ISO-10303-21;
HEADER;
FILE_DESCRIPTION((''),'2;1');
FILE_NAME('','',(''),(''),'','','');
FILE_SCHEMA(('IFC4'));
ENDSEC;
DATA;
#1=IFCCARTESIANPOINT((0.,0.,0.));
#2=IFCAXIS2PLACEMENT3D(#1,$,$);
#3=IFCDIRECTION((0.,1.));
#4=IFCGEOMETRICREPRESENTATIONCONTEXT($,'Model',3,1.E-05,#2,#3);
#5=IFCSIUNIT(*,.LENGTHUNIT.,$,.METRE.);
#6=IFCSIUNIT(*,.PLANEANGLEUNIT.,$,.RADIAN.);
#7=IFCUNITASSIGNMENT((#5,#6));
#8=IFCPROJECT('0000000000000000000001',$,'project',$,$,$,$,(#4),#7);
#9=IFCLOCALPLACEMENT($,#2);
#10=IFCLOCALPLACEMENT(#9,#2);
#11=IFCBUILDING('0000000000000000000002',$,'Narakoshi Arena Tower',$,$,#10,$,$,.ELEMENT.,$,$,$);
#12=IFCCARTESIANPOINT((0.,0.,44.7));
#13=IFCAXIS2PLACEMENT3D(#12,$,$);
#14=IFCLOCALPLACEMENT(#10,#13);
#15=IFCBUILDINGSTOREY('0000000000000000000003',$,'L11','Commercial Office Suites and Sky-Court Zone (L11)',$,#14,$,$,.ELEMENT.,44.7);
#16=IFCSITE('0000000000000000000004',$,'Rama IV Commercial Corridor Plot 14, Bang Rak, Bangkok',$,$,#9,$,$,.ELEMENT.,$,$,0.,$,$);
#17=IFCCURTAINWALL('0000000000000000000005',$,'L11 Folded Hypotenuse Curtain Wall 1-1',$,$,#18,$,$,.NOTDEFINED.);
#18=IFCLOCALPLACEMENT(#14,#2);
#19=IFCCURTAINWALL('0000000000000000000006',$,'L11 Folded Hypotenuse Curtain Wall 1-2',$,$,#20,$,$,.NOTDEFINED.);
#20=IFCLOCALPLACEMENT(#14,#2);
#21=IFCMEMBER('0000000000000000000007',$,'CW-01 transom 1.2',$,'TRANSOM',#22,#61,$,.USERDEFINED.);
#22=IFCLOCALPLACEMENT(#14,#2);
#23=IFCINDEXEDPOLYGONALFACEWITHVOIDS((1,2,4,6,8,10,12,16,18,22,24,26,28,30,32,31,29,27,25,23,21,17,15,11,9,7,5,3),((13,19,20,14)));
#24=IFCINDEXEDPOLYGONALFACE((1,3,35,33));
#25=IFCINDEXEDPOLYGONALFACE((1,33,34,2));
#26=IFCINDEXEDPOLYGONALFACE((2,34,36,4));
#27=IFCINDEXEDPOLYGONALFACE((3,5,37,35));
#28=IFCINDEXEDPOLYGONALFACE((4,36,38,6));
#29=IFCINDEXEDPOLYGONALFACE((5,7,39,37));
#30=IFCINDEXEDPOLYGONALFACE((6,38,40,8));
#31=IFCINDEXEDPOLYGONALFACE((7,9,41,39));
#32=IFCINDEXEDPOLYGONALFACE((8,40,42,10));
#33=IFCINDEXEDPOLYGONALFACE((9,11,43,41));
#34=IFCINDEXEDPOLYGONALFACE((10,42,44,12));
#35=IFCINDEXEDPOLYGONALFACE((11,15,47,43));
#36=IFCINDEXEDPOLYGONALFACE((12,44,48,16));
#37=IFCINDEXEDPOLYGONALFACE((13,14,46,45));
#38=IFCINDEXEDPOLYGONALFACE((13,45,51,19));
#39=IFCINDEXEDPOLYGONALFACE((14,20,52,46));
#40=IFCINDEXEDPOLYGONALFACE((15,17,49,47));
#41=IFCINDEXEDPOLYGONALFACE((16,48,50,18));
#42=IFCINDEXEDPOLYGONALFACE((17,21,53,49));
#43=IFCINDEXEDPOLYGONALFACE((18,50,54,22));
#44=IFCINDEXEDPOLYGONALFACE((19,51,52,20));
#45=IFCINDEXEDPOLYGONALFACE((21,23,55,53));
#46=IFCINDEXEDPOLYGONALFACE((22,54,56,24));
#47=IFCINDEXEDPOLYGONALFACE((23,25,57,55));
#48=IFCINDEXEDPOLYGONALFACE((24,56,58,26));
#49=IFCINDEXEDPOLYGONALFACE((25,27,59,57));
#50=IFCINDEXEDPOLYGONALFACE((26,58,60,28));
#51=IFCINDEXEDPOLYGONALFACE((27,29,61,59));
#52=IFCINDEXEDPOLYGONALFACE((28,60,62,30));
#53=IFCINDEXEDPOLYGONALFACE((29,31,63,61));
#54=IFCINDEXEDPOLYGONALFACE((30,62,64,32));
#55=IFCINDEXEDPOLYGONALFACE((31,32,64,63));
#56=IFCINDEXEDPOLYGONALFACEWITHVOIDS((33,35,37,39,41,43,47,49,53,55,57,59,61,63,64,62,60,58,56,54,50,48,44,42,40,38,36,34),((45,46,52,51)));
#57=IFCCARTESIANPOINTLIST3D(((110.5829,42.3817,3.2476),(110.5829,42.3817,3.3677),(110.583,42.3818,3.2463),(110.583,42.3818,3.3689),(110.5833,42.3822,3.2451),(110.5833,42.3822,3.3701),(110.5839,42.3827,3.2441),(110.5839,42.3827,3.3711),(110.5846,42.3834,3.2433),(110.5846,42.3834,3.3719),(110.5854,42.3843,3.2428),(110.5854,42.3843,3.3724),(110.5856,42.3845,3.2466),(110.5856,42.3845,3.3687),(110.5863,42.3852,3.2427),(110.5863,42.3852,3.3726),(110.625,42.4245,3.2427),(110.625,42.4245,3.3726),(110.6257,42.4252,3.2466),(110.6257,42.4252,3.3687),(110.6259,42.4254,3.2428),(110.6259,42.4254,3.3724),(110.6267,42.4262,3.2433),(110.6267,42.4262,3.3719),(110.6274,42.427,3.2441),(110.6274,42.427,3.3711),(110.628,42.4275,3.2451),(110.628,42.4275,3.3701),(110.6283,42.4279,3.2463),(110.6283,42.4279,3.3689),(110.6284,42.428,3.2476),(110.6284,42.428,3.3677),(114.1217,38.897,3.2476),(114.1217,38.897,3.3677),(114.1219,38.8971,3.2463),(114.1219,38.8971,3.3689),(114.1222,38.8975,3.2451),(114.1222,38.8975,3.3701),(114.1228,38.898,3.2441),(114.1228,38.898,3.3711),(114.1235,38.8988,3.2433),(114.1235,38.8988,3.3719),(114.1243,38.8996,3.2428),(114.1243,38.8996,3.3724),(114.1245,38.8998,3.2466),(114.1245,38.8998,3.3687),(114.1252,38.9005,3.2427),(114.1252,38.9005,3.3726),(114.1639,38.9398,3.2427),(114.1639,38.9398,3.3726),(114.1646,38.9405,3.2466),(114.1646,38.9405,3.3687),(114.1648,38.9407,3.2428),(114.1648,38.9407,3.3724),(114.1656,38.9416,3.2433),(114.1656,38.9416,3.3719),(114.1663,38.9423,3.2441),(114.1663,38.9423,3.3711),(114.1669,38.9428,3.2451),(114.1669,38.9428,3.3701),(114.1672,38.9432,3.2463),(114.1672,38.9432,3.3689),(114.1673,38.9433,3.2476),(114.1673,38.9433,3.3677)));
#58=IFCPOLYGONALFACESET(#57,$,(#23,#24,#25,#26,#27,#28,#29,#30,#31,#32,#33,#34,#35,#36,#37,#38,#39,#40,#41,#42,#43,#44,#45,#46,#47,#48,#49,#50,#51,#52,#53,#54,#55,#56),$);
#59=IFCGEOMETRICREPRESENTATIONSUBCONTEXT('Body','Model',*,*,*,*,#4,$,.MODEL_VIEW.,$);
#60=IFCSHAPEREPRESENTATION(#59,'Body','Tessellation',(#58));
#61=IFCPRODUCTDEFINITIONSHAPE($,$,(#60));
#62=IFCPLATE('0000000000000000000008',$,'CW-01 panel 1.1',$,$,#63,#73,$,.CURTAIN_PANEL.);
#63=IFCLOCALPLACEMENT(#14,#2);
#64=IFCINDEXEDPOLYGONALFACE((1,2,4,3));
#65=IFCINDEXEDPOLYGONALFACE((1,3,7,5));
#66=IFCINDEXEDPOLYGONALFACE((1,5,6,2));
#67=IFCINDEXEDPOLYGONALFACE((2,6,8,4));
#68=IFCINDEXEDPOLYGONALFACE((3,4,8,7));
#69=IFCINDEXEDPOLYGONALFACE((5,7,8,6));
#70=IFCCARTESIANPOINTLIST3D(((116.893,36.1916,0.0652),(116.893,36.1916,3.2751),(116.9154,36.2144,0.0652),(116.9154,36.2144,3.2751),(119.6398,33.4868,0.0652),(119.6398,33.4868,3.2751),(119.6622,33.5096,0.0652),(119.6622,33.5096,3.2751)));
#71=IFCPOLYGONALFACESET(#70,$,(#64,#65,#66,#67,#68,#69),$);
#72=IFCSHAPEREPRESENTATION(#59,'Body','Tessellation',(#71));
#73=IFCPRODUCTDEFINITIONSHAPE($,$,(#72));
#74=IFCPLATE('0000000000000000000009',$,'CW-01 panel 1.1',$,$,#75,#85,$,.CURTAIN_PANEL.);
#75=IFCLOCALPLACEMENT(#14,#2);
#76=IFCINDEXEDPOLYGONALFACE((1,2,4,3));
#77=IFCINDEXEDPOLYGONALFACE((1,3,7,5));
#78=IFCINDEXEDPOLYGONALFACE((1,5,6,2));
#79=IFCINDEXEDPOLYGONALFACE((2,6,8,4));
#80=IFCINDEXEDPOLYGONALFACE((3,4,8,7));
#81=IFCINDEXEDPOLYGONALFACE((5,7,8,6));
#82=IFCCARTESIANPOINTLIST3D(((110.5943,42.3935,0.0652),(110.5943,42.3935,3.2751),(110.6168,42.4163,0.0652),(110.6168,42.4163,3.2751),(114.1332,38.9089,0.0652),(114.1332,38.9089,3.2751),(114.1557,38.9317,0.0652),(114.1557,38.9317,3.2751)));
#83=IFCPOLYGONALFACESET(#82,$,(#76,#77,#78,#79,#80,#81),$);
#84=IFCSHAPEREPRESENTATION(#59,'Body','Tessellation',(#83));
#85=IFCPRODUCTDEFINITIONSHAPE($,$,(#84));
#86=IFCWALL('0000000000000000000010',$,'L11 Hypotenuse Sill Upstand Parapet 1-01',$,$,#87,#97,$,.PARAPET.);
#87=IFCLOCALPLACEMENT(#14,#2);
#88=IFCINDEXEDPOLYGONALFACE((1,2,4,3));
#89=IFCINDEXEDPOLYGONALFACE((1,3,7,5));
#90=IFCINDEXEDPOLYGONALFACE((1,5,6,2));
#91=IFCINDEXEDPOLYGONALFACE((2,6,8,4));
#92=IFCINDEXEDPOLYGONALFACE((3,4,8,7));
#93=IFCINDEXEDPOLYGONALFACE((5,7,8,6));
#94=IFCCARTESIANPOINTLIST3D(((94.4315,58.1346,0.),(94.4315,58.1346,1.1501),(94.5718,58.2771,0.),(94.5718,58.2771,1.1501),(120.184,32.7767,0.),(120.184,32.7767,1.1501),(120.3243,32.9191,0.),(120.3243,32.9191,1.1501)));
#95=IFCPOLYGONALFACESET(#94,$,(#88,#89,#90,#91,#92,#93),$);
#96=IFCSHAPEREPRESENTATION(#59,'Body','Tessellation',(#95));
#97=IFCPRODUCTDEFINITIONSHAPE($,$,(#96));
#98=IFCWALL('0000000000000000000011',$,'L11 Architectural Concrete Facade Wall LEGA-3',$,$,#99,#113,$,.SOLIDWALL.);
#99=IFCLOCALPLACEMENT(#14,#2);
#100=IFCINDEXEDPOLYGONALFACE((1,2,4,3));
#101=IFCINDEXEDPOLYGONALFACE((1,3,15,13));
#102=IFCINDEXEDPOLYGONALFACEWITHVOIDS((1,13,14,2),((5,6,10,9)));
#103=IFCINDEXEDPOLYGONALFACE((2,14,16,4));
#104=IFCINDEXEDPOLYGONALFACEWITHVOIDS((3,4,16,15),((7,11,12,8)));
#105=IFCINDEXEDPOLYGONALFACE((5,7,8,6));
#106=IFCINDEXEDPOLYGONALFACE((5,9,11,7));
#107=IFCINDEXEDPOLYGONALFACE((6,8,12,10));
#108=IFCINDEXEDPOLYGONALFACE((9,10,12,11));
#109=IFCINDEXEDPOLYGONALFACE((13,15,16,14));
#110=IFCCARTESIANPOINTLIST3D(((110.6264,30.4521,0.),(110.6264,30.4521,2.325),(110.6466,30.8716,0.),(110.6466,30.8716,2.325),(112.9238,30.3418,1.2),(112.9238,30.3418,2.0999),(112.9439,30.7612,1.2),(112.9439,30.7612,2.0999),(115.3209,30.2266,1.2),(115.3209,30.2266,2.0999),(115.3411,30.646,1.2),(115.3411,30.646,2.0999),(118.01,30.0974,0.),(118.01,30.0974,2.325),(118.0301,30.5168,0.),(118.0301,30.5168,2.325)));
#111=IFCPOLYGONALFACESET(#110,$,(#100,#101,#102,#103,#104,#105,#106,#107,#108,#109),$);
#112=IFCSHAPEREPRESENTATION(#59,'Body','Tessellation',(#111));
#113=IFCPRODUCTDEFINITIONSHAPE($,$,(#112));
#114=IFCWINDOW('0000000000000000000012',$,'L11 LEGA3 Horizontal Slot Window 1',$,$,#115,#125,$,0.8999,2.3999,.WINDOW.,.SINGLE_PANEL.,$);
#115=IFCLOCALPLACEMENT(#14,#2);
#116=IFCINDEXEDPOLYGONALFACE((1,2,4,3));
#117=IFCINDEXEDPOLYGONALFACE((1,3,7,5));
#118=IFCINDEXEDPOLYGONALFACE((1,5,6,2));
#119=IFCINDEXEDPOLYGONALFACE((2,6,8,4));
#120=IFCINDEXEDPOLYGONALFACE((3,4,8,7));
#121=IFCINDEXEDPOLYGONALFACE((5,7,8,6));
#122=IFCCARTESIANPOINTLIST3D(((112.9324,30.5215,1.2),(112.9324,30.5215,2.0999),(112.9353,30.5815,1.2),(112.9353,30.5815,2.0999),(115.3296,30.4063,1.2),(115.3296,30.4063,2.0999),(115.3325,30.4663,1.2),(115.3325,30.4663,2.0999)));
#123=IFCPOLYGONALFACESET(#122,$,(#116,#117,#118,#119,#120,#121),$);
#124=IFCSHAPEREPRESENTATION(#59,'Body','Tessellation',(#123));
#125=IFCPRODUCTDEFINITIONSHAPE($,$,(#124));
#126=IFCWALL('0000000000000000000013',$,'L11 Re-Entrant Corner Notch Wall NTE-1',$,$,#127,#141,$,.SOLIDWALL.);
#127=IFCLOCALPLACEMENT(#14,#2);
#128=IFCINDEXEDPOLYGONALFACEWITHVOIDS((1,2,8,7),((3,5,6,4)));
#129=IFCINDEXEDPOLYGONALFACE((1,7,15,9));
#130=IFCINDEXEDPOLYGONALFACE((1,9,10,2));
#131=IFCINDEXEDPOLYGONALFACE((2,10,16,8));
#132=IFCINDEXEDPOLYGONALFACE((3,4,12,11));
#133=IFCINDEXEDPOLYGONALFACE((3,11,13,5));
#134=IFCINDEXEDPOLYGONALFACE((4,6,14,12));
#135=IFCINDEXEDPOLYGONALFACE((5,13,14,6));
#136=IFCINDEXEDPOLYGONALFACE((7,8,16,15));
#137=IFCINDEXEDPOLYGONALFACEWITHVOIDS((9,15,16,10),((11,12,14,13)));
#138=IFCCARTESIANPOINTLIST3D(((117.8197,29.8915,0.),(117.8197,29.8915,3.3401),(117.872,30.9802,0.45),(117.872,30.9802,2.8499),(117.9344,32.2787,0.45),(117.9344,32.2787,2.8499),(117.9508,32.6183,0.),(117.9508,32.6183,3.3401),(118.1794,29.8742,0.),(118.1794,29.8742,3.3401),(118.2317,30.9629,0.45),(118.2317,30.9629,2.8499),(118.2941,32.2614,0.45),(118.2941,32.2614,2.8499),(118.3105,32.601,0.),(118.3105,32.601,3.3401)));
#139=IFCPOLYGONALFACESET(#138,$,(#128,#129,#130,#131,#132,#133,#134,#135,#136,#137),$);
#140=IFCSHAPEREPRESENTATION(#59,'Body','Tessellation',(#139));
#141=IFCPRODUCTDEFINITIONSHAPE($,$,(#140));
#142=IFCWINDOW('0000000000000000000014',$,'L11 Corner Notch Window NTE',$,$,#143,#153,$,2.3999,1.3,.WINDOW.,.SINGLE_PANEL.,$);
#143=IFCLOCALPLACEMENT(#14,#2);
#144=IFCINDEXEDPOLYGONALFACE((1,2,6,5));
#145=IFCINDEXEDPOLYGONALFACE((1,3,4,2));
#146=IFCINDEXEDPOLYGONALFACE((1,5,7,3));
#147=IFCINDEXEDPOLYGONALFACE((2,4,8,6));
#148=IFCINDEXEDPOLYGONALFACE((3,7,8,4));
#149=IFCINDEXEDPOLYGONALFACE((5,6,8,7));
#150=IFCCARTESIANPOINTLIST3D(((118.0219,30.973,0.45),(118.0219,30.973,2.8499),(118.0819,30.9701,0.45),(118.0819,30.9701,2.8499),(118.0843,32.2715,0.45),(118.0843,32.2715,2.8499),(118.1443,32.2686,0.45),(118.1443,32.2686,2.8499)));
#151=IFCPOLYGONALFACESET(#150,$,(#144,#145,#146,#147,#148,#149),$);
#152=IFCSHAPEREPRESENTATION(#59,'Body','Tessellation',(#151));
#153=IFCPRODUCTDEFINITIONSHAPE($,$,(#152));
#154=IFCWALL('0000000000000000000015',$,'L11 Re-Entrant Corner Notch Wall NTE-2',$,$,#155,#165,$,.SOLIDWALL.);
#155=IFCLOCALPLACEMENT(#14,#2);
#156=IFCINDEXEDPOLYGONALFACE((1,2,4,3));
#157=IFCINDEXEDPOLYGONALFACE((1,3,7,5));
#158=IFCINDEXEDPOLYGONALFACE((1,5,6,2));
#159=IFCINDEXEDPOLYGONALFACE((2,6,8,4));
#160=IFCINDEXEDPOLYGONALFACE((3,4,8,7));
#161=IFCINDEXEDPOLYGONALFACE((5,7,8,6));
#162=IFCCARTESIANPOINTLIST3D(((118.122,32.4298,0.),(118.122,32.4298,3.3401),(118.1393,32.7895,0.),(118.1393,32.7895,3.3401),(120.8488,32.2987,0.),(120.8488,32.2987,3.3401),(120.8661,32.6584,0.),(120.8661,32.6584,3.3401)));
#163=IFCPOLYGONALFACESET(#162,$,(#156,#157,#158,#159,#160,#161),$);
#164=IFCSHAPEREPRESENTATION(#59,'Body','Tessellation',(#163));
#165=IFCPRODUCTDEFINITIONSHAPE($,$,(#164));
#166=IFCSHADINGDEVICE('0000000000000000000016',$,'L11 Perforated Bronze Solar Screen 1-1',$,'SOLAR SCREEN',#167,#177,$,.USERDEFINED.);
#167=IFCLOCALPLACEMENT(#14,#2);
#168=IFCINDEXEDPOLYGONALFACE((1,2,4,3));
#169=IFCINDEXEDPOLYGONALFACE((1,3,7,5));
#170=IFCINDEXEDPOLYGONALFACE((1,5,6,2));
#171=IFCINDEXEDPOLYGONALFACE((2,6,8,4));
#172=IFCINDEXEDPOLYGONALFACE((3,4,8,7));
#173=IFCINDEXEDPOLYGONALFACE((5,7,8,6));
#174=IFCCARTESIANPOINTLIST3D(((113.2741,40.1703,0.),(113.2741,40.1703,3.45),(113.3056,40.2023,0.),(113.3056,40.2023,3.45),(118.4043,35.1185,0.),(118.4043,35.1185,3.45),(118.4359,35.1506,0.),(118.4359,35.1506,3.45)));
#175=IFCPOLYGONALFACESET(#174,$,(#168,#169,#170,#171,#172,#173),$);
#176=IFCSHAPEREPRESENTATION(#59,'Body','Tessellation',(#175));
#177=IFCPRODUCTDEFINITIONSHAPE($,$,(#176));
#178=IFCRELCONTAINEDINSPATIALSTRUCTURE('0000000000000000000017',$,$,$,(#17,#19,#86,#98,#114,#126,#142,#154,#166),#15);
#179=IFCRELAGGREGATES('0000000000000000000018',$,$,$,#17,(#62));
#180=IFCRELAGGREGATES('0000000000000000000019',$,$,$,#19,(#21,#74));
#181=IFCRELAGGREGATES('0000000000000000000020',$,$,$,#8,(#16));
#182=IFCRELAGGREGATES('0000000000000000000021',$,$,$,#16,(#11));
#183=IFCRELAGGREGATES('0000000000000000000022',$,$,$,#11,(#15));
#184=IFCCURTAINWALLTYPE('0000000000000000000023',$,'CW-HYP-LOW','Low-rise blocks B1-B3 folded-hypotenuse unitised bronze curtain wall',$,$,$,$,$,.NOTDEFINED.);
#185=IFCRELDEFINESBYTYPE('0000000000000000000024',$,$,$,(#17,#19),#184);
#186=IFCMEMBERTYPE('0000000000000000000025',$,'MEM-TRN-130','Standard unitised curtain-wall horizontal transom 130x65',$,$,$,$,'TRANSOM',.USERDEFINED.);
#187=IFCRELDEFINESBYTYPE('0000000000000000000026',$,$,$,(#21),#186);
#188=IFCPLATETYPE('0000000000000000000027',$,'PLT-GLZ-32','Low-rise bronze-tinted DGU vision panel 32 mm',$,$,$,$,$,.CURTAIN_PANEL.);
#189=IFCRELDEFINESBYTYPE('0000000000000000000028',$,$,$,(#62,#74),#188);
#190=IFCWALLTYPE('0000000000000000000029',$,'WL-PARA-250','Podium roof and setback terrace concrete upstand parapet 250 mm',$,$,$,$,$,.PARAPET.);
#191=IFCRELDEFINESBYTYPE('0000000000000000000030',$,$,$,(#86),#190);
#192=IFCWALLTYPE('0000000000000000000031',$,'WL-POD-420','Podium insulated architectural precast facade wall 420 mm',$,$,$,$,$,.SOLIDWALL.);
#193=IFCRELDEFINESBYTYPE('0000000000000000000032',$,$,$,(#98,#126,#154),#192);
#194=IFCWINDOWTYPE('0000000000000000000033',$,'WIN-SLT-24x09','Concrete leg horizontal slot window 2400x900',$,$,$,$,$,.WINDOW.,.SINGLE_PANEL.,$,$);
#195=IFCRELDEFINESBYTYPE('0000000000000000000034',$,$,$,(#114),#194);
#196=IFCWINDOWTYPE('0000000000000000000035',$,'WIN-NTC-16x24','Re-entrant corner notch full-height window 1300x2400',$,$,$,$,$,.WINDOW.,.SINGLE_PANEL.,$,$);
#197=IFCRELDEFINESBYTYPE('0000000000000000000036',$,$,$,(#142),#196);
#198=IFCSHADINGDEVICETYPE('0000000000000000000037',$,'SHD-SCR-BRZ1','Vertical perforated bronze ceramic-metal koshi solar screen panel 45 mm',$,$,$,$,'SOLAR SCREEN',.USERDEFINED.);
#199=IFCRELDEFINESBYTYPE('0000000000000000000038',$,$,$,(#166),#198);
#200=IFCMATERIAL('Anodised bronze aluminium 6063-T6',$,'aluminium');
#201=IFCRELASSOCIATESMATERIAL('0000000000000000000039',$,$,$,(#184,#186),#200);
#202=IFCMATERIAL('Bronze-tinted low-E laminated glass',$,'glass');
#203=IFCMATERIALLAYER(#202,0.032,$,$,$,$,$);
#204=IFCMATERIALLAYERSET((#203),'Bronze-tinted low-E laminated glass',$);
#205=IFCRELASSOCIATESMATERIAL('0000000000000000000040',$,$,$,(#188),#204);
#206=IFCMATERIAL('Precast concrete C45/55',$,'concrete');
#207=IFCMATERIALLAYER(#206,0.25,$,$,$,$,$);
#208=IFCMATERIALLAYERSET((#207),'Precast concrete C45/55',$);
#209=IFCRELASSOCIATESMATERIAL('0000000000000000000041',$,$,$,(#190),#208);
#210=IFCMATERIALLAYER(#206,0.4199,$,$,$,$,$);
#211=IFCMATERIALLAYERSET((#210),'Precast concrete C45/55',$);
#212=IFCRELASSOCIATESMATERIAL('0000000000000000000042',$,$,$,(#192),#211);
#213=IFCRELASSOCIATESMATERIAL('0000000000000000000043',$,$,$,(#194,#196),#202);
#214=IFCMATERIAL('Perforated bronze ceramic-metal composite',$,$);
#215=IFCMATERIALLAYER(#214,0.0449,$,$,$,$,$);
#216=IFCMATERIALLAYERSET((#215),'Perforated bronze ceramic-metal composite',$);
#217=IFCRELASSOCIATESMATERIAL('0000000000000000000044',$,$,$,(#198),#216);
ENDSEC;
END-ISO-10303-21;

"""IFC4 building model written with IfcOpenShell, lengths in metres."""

from ifc_helpers import new_model, si_unit, direction, frame, frame_2d, origin, origin_2d, place, context, subcontext, project, spatial, rectangle, hollow_rectangle, extrude, material, layer, layer_set, material_profile, profile_set, type_object, element, fill, aggregate, save


model = new_model("IFC4")

# Units and contexts
model_context = context("Model", 3, precision=1e-05, world=origin(), true_north=direction((0.0, 1.0)))
body_context = subcontext(model_context, "Body", "Model", "MODEL_VIEW")
ifc_project = project(units=[si_unit("LENGTHUNIT", "METRE"), si_unit("PLANEANGLEUNIT", "RADIAN")], contexts=[model_context])

# Site, building, storey
site_placement = place(None, origin())
site = spatial("IfcSite", under=ifc_project, at=site_placement, Name="Rama IV Commercial Corridor Plot 14, Bang Rak, Bangkok", CompositionType="ELEMENT", RefElevation=0.0)
building_placement = place(site_placement, origin())
building = spatial("IfcBuilding", under=site, at=building_placement, Name="Narakoshi Arena Tower", CompositionType="ELEMENT")
storey_placement = place(building_placement, frame((0.0, 0.0, 44.7)))
storey = spatial("IfcBuildingStorey", under=building, at=storey_placement, Name="L11", Description="Commercial Office Suites and Sky-Court Zone (L11)", CompositionType="ELEMENT", Elevation=44.7)

# Curtain walls
ifc_material_1 = material(Name="Anodised bronze aluminium 6063-T6", Category="aluminium")
curtain_wall_type = type_object("IfcCurtainWallType", Name="CW-HYP-LOW", Description="Low-rise blocks B1-B3 folded-hypotenuse unitised bronze curtain wall", PredefinedType="NOTDEFINED", material=ifc_material_1)
curtain_wall_1_placement = place(storey_placement, origin())
curtain_wall_1 = element("IfcCurtainWall", 1, at=curtain_wall_1_placement, inside=storey, type_object=curtain_wall_type, Name="L11 Folded Hypotenuse Curtain Wall 1-1", PredefinedType="NOTDEFINED")
curtain_wall_2_placement = place(storey_placement, origin())
curtain_wall_2 = element("IfcCurtainWall", 2, at=curtain_wall_2_placement, inside=storey, type_object=curtain_wall_type, Name="L11 Folded Hypotenuse Curtain Wall 1-2", PredefinedType="NOTDEFINED")

# Member
ifc_material_profile_1 = material_profile(ifc_material_1, hollow_rectangle(XDim=0.0649, YDim=0.1299, WallThickness=0.0039, OuterFilletRadius=0.0049, at=origin_2d()), Name="TRN130x65x4")
ifc_profile_set_1 = profile_set([ifc_material_profile_1], Name="Anodised bronze aluminium 6063-T6")
member_type_1 = type_object("IfcMemberType", Name="MEM-TRN-130", Description="Standard unitised curtain-wall horizontal transom 130x65", ElementType="TRANSOM", PredefinedType="USERDEFINED", material=ifc_profile_set_1)
member_1_placement = place(storey_placement, frame((114.1445, 38.9202, 3.3076), z_axis=(-0.712542, 0.701629, 0.0), x_axis=(-0.701629, -0.712542, 0.0)))
member_1 = element("IfcMember", 3, at=member_1_placement, type_object=member_type_1, Name="CW-01 transom 1.2", ObjectType="TRANSOM", PredefinedType="USERDEFINED", context=body_context, shape_type="SweptSolid", body=[
    extrude(hollow_rectangle(XDim=0.0649, YDim=0.1299, WallThickness=0.0039, OuterFilletRadius=0.0049, at=origin_2d()), origin(), (0.0, 0.0, 1.0), 4.9666),
])

# Plates
ifc_material_2 = material(Name="Bronze-tinted low-E laminated glass", Category="glass")
ifc_layer_1 = layer(ifc_material_2, 0.032)
ifc_layer_set_1 = layer_set([ifc_layer_1], Name="Bronze-tinted low-E laminated glass")
plate_type = type_object("IfcPlateType", Name="PLT-GLZ-32", Description="Low-rise bronze-tinted DGU vision panel 32 mm", PredefinedType="CURTAIN_PANEL", material=ifc_layer_set_1)
plate_1_placement = place(storey_placement, frame((118.2776, 34.8506, 0.0652), z_axis=(0.0, 0.0, 1.0), x_axis=(-0.712541, 0.70163, 0.0)))
plate_1 = element("IfcPlate", 4, at=plate_1_placement, type_object=plate_type, Name="CW-01 panel 1.1", PredefinedType="CURTAIN_PANEL", context=body_context, shape_type="SweptSolid", body=[
    extrude(rectangle(XDim=3.855, YDim=0.032, at=origin_2d()), origin(), (0.0, 0.0, 1.0), 3.21),
])
aggregate(curtain_wall_1, [plate_1])
plate_2_placement = place(storey_placement, frame((112.375, 40.6626, 0.0652), z_axis=(0.0, 0.0, 1.0), x_axis=(-0.712548, 0.701623, 0.0)))
plate_2 = element("IfcPlate", 5, at=plate_2_placement, type_object=plate_type, Name="CW-01 panel 1.1", PredefinedType="CURTAIN_PANEL", context=body_context, shape_type="SweptSolid", body=[
    extrude(rectangle(XDim=4.9666, YDim=0.032, at=origin_2d()), origin(), (0.0, 0.0, 1.0), 3.21),
])
aggregate(curtain_wall_2, [member_1, plate_2])

# Wall
ifc_material_3 = material(Name="Precast concrete C45/55", Category="concrete")
ifc_layer_2 = layer(ifc_material_3, 0.25)
ifc_layer_set_2 = layer_set([ifc_layer_2], Name="Precast concrete C45/55")
wall_type_1 = type_object("IfcWallType", Name="WL-PARA-250", Description="Podium roof and setback terrace concrete upstand parapet 250 mm", PredefinedType="PARAPET", material=ifc_layer_set_2)
wall_1_placement = place(storey_placement, frame((120.2542, 32.8479, 0.0), z_axis=(0.0, 0.0, 1.0), x_axis=(-0.712544, 0.701628, 0.0)))
element("IfcWall", 6, at=wall_1_placement, inside=storey, type_object=wall_type_1, Name="L11 Hypotenuse Sill Upstand Parapet 1-01", PredefinedType="PARAPET", context=body_context, shape_type="SweptSolid", body=[
    extrude(rectangle(XDim=36.1416, YDim=0.2, at=frame_2d((18.0708, 0.0))), origin(), (0.0, 0.0, 1.0), 1.1501),
])

# Walls, openings, windows
ifc_layer_3 = layer(ifc_material_3, 0.4199)
ifc_layer_set_3 = layer_set([ifc_layer_3], Name="Precast concrete C45/55")
wall_type_2 = type_object("IfcWallType", Name="WL-POD-420", Description="Podium insulated architectural precast facade wall 420 mm", PredefinedType="SOLIDWALL", material=ifc_layer_set_3)
wall_2_placement = place(storey_placement, frame((110.6365, 30.6619, 0.0), z_axis=(0.0, 0.0, 1.0), x_axis=(0.998848, -0.047989, 0.0)))
wall_2 = element("IfcWall", 7, at=wall_2_placement, inside=storey, type_object=wall_type_2, Name="L11 Architectural Concrete Facade Wall LEGA-3", PredefinedType="SOLIDWALL", context=body_context, shape_type="SweptSolid", body=[
    extrude(rectangle(XDim=7.3921, YDim=0.4199, at=frame_2d((3.696, 0.0))), origin(), (0.0, 0.0, 1.0), 2.325),
])
opening_1_placement = place(wall_2_placement, frame((2.3, 0.0, 1.2)))
opening_1 = element("IfcOpeningElement", 8, at=opening_1_placement, cuts=wall_2, PredefinedType="OPENING", context=body_context, shape_type="SweptSolid", body=[
    extrude(rectangle(XDim=2.3999, YDim=0.8999, at=frame_2d((1.2, 0.45))), frame((0.0, 0.22, 0.0), z_axis=(0.0, -1.0, 0.0), x_axis=(1.0, 0.0, 0.0)), (0.0, 0.0, 1.0), 0.4399),
])
window_type_1 = type_object("IfcWindowType", Name="WIN-SLT-24x09", Description="Concrete leg horizontal slot window 2400x900", PartitioningType="SINGLE_PANEL", PredefinedType="WINDOW", material=ifc_material_2)
window_1_placement = place(opening_1_placement, origin())
window_1 = element("IfcWindow", 9, at=window_1_placement, inside=storey, type_object=window_type_1, Name="L11 LEGA3 Horizontal Slot Window 1", OverallHeight=0.8999, OverallWidth=2.3999, PartitioningType="SINGLE_PANEL", PredefinedType="WINDOW", context=body_context, shape_type="SweptSolid", body=[
    extrude(rectangle(XDim=2.3999, YDim=0.8999, at=frame_2d((1.2, 0.45))), frame((0.0, 0.03, 0.0), z_axis=(0.0, -1.0, 0.0), x_axis=(1.0, 0.0, 0.0)), (0.0, 0.0, 1.0), 0.0601),
])
fill(opening_1, window_1)
wall_3_placement = place(storey_placement, frame((117.9995, 29.8828, 0.0), z_axis=(0.0, 0.0, 1.0), x_axis=(0.048024, 0.998846, 0.0)))
wall_3 = element("IfcWall", 10, at=wall_3_placement, inside=storey, type_object=wall_type_2, Name="L11 Re-Entrant Corner Notch Wall NTE-1", PredefinedType="SOLIDWALL", context=body_context, shape_type="SweptSolid", body=[
    extrude(rectangle(XDim=2.73, YDim=0.3601, at=frame_2d((1.365, 0.0))), origin(), (0.0, 0.0, 1.0), 3.3401),
])
opening_2_placement = place(wall_3_placement, frame((1.0901, 0.0, 0.45)))
opening_2 = element("IfcOpeningElement", 11, at=opening_2_placement, cuts=wall_3, PredefinedType="OPENING", context=body_context, shape_type="SweptSolid", body=[
    extrude(rectangle(XDim=1.3, YDim=2.3999, at=frame_2d((0.6499, 1.2))), frame((0.0, 0.1899, 0.0), z_axis=(0.0, -1.0, 0.0), x_axis=(1.0, 0.0, 0.0)), (0.0, 0.0, 1.0), 0.3801),
])
window_type_2 = type_object("IfcWindowType", Name="WIN-NTC-16x24", Description="Re-entrant corner notch full-height window 1300x2400", PartitioningType="SINGLE_PANEL", PredefinedType="WINDOW", material=ifc_material_2)
window_2_placement = place(opening_2_placement, origin())
window_2 = element("IfcWindow", 12, at=window_2_placement, inside=storey, type_object=window_type_2, Name="L11 Corner Notch Window NTE", OverallHeight=2.3999, OverallWidth=1.3, PartitioningType="SINGLE_PANEL", PredefinedType="WINDOW", context=body_context, shape_type="SweptSolid", body=[
    extrude(rectangle(XDim=1.3, YDim=2.3999, at=frame_2d((0.6499, 1.2))), frame((0.0, 0.03, 0.0), z_axis=(0.0, -1.0, 0.0), x_axis=(1.0, 0.0, 0.0)), (0.0, 0.0, 1.0), 0.0601),
])
fill(opening_2, window_2)

# Wall
wall_4_placement = place(storey_placement, frame((118.1306, 32.6096, 0.0), z_axis=(0.0, 0.0, 1.0), x_axis=(0.998846, -0.048024, 0.0)))
element("IfcWall", 13, at=wall_4_placement, inside=storey, type_object=wall_type_2, Name="L11 Re-Entrant Corner Notch Wall NTE-2", PredefinedType="SOLIDWALL", context=body_context, shape_type="SweptSolid", body=[
    extrude(rectangle(XDim=2.73, YDim=0.3601, at=frame_2d((1.365, 0.0))), origin(), (0.0, 0.0, 1.0), 3.3401),
])

# Shading device
ifc_material_4 = material(Name="Perforated bronze ceramic-metal composite")
ifc_layer_4 = layer(ifc_material_4, 0.0449)
ifc_layer_set_4 = layer_set([ifc_layer_4], Name="Perforated bronze ceramic-metal composite")
shading_device_type = type_object("IfcShadingDeviceType", Name="SHD-SCR-BRZ1", Description="Vertical perforated bronze ceramic-metal koshi solar screen panel 45 mm", ElementType="SOLAR SCREEN", PredefinedType="USERDEFINED", material=ifc_layer_set_4)
shading_device_placement = place(storey_placement, frame((115.855, 37.6604, 0.0), z_axis=(0.0, 0.0, 1.0), x_axis=(-0.712541, 0.701631, 0.0)))
element("IfcShadingDevice", 14, at=shading_device_placement, inside=storey, type_object=shading_device_type, Name="L11 Perforated Bronze Solar Screen 1-1", ObjectType="SOLAR SCREEN", PredefinedType="USERDEFINED", context=body_context, shape_type="SweptSolid", body=[
    extrude(rectangle(XDim=7.2, YDim=0.0449, at=origin_2d()), origin(), (0.0, 0.0, 1.0), 3.45),
])

save(model, "model.ifc")
